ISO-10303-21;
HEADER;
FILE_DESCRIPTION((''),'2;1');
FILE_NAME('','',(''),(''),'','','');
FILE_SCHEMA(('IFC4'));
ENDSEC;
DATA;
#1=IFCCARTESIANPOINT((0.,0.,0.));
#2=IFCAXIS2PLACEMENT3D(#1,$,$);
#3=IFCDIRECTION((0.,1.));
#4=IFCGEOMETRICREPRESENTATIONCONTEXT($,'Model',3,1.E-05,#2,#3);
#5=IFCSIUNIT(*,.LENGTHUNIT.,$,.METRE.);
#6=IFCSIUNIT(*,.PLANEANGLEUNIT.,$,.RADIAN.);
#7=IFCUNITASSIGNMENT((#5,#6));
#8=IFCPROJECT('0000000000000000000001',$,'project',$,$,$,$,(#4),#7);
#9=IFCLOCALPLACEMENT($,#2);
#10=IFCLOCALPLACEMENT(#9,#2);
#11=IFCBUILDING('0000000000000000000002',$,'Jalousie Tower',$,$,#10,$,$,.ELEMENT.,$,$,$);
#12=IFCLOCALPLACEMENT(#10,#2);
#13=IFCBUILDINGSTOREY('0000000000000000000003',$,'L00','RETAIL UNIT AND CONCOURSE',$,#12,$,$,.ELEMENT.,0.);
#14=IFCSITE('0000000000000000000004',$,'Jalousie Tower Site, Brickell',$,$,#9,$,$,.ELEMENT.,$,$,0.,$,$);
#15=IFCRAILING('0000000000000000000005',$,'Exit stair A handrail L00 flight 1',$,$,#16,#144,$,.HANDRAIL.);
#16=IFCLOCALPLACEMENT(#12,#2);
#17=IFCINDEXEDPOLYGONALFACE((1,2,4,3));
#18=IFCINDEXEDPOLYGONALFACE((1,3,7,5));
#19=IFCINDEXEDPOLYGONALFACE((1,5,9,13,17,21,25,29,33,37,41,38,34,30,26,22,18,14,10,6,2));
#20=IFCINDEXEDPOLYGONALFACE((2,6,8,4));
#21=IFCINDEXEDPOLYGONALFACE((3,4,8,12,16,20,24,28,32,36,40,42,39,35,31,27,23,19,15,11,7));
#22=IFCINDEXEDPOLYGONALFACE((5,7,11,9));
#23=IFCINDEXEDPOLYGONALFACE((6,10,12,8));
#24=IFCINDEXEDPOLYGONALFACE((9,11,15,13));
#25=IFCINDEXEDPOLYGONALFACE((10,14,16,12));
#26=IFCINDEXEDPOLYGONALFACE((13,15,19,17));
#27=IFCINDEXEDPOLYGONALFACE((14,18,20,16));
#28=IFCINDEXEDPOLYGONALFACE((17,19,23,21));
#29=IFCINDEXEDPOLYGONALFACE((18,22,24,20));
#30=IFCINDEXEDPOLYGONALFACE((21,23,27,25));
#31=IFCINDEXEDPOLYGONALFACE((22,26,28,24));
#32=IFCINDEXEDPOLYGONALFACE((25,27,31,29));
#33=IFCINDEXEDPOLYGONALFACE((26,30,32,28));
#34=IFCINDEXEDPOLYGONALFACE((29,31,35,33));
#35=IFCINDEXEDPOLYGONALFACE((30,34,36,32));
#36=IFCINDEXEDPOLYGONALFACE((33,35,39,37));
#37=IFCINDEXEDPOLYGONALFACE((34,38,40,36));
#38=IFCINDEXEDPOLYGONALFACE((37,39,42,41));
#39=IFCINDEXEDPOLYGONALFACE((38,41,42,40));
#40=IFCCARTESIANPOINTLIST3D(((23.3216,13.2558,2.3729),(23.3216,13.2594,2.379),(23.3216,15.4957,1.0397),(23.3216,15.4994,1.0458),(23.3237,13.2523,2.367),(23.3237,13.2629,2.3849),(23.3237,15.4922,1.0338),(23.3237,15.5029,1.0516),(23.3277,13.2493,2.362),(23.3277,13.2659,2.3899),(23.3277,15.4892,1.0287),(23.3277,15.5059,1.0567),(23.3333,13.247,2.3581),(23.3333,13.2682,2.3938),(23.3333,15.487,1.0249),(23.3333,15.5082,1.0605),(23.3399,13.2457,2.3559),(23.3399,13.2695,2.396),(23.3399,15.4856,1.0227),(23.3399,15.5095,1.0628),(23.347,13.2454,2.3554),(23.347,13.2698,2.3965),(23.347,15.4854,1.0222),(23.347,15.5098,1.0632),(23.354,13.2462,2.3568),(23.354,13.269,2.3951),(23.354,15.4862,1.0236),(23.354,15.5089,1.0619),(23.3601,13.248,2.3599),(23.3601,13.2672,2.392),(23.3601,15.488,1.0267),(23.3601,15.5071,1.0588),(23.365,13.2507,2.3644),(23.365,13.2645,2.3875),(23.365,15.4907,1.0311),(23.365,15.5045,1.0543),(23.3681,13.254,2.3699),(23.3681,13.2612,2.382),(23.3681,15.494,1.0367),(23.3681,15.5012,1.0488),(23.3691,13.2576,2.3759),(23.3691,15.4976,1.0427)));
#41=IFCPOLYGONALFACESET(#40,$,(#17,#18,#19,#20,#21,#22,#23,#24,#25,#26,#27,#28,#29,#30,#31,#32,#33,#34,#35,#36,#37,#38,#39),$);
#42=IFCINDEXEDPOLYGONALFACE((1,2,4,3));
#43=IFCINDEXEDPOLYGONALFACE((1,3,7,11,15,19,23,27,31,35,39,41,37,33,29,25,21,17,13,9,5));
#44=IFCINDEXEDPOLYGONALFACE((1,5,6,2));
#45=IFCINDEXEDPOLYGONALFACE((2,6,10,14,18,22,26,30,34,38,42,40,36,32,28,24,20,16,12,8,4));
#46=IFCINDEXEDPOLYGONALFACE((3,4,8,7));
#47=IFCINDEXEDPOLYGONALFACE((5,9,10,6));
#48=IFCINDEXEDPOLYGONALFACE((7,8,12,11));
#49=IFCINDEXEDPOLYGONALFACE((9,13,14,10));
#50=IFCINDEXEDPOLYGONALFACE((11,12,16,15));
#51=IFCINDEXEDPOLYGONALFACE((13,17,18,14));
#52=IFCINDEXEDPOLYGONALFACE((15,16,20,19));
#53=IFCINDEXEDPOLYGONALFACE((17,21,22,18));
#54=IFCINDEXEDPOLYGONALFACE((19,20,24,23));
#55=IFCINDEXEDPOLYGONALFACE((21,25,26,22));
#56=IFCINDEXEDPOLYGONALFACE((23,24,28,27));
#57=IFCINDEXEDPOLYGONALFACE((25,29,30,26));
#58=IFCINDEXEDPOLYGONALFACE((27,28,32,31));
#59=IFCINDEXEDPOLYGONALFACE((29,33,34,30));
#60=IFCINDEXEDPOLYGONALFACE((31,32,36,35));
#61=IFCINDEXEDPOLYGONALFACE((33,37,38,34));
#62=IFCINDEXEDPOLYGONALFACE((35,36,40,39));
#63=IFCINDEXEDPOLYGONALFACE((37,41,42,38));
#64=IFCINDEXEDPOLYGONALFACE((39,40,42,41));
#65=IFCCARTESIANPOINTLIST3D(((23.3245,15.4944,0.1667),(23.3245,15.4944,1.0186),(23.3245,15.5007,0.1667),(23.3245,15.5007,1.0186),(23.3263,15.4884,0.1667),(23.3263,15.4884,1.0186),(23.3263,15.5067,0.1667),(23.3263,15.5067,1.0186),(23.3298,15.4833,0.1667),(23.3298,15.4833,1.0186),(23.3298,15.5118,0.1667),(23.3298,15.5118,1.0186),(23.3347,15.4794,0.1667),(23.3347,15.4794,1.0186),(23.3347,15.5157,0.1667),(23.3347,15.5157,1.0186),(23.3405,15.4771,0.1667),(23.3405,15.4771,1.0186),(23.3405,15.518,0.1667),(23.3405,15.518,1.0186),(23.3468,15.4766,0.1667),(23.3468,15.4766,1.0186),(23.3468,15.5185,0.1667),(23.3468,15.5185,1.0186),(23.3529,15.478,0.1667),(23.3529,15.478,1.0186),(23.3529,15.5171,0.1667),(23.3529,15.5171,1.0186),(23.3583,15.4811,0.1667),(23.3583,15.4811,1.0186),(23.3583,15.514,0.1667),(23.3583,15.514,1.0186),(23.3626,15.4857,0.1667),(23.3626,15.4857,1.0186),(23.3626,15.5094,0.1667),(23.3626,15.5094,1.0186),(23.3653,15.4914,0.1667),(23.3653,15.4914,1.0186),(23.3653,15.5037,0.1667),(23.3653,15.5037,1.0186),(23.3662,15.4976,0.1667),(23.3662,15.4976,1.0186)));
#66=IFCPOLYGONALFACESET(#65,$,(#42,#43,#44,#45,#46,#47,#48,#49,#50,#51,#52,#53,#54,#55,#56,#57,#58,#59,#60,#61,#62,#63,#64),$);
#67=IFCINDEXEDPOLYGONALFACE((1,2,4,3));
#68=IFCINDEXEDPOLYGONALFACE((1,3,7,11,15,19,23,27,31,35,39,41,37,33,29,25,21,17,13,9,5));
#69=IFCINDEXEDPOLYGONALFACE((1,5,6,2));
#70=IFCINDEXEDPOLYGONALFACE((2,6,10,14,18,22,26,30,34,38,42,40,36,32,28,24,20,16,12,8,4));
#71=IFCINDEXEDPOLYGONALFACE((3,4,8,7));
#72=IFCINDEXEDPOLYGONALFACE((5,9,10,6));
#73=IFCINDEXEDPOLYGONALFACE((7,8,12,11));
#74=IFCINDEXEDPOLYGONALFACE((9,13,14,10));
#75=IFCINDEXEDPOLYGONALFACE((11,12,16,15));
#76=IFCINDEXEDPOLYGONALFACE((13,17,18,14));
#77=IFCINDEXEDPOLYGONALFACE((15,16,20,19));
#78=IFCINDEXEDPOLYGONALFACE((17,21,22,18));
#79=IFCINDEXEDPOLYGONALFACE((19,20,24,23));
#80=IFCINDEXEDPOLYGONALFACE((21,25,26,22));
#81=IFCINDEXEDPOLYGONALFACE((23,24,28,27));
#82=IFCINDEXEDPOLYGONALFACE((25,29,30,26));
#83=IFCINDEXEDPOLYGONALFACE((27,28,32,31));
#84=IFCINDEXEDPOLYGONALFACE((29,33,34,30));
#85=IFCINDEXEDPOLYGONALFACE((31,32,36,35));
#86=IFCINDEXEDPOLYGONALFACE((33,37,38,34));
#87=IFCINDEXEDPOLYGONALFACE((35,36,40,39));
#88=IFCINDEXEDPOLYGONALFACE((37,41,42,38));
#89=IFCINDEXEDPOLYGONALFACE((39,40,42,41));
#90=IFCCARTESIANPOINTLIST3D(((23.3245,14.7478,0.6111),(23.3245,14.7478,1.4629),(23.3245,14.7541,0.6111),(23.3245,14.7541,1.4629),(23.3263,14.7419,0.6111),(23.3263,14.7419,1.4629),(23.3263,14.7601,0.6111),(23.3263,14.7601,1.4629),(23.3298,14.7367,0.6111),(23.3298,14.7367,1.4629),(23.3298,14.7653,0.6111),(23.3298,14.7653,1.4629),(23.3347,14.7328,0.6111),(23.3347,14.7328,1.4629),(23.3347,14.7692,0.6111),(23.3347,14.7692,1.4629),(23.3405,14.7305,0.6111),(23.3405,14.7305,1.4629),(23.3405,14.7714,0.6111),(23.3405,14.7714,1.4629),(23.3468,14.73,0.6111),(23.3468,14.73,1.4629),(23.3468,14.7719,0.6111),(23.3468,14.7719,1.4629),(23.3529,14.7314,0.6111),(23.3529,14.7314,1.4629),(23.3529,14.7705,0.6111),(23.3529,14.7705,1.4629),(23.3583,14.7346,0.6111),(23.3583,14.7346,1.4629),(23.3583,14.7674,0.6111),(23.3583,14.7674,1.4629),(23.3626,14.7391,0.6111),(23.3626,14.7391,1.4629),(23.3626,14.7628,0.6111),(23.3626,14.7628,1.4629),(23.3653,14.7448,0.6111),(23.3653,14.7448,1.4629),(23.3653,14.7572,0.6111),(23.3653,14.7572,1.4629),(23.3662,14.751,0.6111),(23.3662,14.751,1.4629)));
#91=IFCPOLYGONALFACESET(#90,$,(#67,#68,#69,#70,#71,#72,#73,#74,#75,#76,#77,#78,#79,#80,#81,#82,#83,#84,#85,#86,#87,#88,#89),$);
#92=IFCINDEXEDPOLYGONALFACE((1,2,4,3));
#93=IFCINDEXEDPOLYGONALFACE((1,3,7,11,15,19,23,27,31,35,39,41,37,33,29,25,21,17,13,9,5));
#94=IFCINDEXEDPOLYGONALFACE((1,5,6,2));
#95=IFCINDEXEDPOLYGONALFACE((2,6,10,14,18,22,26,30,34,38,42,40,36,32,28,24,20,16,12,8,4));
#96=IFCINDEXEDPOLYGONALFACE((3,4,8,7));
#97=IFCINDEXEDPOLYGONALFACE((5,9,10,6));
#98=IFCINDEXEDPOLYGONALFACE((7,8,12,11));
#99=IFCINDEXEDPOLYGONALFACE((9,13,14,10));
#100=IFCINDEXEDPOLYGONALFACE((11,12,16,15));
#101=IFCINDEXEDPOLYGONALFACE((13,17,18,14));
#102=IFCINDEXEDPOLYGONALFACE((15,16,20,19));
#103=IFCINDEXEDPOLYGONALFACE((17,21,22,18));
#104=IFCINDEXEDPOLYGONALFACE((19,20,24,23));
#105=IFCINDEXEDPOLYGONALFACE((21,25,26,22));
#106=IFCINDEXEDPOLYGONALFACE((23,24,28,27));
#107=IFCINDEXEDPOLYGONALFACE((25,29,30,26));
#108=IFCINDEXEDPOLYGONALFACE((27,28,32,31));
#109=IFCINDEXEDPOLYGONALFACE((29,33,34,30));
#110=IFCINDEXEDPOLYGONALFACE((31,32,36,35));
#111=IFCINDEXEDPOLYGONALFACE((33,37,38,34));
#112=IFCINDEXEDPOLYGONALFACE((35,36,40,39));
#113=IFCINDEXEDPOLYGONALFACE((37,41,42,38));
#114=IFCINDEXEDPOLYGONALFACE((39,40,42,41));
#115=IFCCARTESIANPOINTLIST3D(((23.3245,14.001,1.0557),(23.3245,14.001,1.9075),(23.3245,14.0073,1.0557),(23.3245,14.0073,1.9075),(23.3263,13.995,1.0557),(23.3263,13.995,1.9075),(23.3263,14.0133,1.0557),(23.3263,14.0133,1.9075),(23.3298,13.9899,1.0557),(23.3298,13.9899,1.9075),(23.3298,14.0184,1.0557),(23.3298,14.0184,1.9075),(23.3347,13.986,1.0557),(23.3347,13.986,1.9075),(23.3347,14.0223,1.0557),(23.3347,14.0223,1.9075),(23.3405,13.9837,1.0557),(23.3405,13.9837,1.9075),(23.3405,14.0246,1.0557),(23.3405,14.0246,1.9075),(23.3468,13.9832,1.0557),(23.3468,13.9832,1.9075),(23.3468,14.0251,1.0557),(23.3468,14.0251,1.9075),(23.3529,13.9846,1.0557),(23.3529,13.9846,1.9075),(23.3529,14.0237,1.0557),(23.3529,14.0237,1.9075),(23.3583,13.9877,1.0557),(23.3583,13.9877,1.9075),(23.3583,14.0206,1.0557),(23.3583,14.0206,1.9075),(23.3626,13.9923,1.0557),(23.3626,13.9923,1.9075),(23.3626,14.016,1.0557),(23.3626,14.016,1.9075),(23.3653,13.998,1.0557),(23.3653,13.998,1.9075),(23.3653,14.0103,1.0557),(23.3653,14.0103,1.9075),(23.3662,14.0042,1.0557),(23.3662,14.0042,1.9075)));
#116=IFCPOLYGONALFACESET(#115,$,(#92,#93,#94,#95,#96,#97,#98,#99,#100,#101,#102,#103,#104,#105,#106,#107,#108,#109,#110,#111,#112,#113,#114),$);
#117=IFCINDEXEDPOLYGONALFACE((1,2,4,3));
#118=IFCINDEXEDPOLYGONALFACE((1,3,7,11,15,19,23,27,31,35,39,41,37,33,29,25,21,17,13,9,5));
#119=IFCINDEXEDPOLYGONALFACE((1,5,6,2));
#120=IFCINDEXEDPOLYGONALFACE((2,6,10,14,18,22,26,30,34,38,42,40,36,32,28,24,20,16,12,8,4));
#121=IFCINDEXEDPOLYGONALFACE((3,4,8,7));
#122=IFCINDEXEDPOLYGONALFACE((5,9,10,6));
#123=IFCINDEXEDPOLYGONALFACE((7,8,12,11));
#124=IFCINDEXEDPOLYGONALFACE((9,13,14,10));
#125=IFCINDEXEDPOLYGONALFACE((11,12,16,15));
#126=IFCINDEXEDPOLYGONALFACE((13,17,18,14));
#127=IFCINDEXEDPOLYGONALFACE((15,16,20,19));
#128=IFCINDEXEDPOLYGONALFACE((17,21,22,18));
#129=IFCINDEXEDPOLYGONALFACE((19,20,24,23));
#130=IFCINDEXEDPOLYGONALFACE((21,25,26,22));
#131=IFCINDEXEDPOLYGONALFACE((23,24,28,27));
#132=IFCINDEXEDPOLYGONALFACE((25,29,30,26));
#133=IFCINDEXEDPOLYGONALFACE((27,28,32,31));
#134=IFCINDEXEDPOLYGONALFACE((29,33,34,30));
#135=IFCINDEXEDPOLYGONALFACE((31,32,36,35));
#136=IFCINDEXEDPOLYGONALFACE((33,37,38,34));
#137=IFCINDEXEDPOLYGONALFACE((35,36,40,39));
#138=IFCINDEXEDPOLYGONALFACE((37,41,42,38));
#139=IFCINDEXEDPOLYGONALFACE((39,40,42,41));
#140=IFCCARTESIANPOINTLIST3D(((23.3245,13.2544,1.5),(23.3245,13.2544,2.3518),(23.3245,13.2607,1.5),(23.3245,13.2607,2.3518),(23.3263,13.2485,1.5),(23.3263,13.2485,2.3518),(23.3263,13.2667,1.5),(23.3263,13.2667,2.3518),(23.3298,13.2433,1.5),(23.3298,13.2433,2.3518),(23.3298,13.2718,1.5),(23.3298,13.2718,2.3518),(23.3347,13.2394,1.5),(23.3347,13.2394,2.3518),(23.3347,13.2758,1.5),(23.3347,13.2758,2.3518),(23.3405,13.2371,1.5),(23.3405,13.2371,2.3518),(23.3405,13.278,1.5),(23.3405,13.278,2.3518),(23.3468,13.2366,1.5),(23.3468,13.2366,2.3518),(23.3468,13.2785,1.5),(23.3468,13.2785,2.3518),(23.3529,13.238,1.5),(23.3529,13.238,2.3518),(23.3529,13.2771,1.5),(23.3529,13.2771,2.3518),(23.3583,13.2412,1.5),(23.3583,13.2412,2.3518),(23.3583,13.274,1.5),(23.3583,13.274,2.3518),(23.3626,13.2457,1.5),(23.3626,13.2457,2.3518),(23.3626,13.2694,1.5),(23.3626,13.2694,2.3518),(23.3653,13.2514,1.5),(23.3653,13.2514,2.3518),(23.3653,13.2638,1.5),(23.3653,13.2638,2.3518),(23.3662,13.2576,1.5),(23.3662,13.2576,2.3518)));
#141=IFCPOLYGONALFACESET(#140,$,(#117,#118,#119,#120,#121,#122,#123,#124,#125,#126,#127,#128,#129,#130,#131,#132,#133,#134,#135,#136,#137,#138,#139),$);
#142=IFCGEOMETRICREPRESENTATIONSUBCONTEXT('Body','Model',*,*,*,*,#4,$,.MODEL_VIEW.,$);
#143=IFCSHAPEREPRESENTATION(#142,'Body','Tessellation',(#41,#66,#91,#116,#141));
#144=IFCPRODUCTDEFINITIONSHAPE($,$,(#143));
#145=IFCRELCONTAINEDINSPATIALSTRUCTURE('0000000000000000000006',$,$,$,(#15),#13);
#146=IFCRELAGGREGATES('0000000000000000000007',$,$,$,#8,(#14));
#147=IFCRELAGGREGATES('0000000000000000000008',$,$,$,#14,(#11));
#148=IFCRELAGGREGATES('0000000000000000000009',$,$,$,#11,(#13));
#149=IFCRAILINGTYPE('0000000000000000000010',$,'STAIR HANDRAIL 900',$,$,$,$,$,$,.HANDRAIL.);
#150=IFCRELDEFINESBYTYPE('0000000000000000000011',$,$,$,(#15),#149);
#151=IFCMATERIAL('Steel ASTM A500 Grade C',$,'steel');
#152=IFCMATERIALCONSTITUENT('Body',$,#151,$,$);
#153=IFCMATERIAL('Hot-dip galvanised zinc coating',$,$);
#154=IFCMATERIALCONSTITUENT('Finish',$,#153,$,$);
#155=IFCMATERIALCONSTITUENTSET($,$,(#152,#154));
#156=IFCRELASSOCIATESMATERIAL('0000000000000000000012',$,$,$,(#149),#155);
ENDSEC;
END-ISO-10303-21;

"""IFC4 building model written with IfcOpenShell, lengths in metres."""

from ifc_helpers import new_model, si_unit, direction, frame, origin, origin_2d, place, context, subcontext, project, spatial, circle, extrude, material, constituent, constituent_set, type_object, element, save


model = new_model("IFC4")

# Units and contexts
model_context = context("Model", 3, precision=1e-05, world=origin(), true_north=direction((0.0, 1.0)))
body_context = subcontext(model_context, "Body", "Model", "MODEL_VIEW")
ifc_project = project(units=[si_unit("LENGTHUNIT", "METRE"), si_unit("PLANEANGLEUNIT", "RADIAN")], contexts=[model_context])

# Site, building, storey
site_placement = place(None, origin())
site = spatial("IfcSite", under=ifc_project, at=site_placement, Name="Jalousie Tower Site, Brickell", CompositionType="ELEMENT", RefElevation=0.0)
building_placement = place(site_placement, origin())
building = spatial("IfcBuilding", under=site, at=building_placement, Name="Jalousie Tower", CompositionType="ELEMENT")
storey_placement = place(building_placement, origin())
storey = spatial("IfcBuildingStorey", under=building, at=storey_placement, Name="L00", Description="RETAIL UNIT AND CONCOURSE", CompositionType="ELEMENT", Elevation=0.0)

# Railing
ifc_material_1 = material(Name="Steel ASTM A500 Grade C", Category="steel")
ifc_constituent_1 = constituent(ifc_material_1, Name="Body")
ifc_material_2 = material(Name="Hot-dip galvanised zinc coating")
ifc_constituent_2 = constituent(ifc_material_2, Name="Finish")
ifc_constituent_set_1 = constituent_set(constituents=[ifc_constituent_1, ifc_constituent_2])
railing_type_1 = type_object("IfcRailingType", Name="STAIR HANDRAIL 900", PredefinedType="HANDRAIL", material=ifc_constituent_set_1)
railing_1_placement = place(storey_placement, frame((23.3452, 15.4976, 0.1667)))
element("IfcRailing", 1, at=railing_1_placement, inside=storey, type_object=railing_type_1, Name="Exit stair A handrail L00 flight 1", PredefinedType="HANDRAIL", context=body_context, shape_type="SweptSolid", body=[
    extrude(circle(Radius=0.0239, at=origin_2d()), frame((0.0, 0.0, 0.876), z_axis=(0.0, -0.859306, 0.511462), x_axis=(1.0, 0.0, 0.0)), (0.0, 0.0, 1.0), 2.6067),
    extrude(circle(Radius=0.021, at=origin_2d()), origin(), (0.0, 0.0, 1.0), 0.8518),
    extrude(circle(Radius=0.021, at=origin_2d()), frame((0.0, -0.7466, 0.4443)), (0.0, 0.0, 1.0), 0.8518),
    extrude(circle(Radius=0.021, at=origin_2d()), frame((0.0, -1.4934, 0.8889)), (0.0, 0.0, 1.0), 0.8518),
    extrude(circle(Radius=0.021, at=origin_2d()), frame((0.0, -2.24, 1.3333)), (0.0, 0.0, 1.0), 0.8518),
])

save(model, "model.ifc")
